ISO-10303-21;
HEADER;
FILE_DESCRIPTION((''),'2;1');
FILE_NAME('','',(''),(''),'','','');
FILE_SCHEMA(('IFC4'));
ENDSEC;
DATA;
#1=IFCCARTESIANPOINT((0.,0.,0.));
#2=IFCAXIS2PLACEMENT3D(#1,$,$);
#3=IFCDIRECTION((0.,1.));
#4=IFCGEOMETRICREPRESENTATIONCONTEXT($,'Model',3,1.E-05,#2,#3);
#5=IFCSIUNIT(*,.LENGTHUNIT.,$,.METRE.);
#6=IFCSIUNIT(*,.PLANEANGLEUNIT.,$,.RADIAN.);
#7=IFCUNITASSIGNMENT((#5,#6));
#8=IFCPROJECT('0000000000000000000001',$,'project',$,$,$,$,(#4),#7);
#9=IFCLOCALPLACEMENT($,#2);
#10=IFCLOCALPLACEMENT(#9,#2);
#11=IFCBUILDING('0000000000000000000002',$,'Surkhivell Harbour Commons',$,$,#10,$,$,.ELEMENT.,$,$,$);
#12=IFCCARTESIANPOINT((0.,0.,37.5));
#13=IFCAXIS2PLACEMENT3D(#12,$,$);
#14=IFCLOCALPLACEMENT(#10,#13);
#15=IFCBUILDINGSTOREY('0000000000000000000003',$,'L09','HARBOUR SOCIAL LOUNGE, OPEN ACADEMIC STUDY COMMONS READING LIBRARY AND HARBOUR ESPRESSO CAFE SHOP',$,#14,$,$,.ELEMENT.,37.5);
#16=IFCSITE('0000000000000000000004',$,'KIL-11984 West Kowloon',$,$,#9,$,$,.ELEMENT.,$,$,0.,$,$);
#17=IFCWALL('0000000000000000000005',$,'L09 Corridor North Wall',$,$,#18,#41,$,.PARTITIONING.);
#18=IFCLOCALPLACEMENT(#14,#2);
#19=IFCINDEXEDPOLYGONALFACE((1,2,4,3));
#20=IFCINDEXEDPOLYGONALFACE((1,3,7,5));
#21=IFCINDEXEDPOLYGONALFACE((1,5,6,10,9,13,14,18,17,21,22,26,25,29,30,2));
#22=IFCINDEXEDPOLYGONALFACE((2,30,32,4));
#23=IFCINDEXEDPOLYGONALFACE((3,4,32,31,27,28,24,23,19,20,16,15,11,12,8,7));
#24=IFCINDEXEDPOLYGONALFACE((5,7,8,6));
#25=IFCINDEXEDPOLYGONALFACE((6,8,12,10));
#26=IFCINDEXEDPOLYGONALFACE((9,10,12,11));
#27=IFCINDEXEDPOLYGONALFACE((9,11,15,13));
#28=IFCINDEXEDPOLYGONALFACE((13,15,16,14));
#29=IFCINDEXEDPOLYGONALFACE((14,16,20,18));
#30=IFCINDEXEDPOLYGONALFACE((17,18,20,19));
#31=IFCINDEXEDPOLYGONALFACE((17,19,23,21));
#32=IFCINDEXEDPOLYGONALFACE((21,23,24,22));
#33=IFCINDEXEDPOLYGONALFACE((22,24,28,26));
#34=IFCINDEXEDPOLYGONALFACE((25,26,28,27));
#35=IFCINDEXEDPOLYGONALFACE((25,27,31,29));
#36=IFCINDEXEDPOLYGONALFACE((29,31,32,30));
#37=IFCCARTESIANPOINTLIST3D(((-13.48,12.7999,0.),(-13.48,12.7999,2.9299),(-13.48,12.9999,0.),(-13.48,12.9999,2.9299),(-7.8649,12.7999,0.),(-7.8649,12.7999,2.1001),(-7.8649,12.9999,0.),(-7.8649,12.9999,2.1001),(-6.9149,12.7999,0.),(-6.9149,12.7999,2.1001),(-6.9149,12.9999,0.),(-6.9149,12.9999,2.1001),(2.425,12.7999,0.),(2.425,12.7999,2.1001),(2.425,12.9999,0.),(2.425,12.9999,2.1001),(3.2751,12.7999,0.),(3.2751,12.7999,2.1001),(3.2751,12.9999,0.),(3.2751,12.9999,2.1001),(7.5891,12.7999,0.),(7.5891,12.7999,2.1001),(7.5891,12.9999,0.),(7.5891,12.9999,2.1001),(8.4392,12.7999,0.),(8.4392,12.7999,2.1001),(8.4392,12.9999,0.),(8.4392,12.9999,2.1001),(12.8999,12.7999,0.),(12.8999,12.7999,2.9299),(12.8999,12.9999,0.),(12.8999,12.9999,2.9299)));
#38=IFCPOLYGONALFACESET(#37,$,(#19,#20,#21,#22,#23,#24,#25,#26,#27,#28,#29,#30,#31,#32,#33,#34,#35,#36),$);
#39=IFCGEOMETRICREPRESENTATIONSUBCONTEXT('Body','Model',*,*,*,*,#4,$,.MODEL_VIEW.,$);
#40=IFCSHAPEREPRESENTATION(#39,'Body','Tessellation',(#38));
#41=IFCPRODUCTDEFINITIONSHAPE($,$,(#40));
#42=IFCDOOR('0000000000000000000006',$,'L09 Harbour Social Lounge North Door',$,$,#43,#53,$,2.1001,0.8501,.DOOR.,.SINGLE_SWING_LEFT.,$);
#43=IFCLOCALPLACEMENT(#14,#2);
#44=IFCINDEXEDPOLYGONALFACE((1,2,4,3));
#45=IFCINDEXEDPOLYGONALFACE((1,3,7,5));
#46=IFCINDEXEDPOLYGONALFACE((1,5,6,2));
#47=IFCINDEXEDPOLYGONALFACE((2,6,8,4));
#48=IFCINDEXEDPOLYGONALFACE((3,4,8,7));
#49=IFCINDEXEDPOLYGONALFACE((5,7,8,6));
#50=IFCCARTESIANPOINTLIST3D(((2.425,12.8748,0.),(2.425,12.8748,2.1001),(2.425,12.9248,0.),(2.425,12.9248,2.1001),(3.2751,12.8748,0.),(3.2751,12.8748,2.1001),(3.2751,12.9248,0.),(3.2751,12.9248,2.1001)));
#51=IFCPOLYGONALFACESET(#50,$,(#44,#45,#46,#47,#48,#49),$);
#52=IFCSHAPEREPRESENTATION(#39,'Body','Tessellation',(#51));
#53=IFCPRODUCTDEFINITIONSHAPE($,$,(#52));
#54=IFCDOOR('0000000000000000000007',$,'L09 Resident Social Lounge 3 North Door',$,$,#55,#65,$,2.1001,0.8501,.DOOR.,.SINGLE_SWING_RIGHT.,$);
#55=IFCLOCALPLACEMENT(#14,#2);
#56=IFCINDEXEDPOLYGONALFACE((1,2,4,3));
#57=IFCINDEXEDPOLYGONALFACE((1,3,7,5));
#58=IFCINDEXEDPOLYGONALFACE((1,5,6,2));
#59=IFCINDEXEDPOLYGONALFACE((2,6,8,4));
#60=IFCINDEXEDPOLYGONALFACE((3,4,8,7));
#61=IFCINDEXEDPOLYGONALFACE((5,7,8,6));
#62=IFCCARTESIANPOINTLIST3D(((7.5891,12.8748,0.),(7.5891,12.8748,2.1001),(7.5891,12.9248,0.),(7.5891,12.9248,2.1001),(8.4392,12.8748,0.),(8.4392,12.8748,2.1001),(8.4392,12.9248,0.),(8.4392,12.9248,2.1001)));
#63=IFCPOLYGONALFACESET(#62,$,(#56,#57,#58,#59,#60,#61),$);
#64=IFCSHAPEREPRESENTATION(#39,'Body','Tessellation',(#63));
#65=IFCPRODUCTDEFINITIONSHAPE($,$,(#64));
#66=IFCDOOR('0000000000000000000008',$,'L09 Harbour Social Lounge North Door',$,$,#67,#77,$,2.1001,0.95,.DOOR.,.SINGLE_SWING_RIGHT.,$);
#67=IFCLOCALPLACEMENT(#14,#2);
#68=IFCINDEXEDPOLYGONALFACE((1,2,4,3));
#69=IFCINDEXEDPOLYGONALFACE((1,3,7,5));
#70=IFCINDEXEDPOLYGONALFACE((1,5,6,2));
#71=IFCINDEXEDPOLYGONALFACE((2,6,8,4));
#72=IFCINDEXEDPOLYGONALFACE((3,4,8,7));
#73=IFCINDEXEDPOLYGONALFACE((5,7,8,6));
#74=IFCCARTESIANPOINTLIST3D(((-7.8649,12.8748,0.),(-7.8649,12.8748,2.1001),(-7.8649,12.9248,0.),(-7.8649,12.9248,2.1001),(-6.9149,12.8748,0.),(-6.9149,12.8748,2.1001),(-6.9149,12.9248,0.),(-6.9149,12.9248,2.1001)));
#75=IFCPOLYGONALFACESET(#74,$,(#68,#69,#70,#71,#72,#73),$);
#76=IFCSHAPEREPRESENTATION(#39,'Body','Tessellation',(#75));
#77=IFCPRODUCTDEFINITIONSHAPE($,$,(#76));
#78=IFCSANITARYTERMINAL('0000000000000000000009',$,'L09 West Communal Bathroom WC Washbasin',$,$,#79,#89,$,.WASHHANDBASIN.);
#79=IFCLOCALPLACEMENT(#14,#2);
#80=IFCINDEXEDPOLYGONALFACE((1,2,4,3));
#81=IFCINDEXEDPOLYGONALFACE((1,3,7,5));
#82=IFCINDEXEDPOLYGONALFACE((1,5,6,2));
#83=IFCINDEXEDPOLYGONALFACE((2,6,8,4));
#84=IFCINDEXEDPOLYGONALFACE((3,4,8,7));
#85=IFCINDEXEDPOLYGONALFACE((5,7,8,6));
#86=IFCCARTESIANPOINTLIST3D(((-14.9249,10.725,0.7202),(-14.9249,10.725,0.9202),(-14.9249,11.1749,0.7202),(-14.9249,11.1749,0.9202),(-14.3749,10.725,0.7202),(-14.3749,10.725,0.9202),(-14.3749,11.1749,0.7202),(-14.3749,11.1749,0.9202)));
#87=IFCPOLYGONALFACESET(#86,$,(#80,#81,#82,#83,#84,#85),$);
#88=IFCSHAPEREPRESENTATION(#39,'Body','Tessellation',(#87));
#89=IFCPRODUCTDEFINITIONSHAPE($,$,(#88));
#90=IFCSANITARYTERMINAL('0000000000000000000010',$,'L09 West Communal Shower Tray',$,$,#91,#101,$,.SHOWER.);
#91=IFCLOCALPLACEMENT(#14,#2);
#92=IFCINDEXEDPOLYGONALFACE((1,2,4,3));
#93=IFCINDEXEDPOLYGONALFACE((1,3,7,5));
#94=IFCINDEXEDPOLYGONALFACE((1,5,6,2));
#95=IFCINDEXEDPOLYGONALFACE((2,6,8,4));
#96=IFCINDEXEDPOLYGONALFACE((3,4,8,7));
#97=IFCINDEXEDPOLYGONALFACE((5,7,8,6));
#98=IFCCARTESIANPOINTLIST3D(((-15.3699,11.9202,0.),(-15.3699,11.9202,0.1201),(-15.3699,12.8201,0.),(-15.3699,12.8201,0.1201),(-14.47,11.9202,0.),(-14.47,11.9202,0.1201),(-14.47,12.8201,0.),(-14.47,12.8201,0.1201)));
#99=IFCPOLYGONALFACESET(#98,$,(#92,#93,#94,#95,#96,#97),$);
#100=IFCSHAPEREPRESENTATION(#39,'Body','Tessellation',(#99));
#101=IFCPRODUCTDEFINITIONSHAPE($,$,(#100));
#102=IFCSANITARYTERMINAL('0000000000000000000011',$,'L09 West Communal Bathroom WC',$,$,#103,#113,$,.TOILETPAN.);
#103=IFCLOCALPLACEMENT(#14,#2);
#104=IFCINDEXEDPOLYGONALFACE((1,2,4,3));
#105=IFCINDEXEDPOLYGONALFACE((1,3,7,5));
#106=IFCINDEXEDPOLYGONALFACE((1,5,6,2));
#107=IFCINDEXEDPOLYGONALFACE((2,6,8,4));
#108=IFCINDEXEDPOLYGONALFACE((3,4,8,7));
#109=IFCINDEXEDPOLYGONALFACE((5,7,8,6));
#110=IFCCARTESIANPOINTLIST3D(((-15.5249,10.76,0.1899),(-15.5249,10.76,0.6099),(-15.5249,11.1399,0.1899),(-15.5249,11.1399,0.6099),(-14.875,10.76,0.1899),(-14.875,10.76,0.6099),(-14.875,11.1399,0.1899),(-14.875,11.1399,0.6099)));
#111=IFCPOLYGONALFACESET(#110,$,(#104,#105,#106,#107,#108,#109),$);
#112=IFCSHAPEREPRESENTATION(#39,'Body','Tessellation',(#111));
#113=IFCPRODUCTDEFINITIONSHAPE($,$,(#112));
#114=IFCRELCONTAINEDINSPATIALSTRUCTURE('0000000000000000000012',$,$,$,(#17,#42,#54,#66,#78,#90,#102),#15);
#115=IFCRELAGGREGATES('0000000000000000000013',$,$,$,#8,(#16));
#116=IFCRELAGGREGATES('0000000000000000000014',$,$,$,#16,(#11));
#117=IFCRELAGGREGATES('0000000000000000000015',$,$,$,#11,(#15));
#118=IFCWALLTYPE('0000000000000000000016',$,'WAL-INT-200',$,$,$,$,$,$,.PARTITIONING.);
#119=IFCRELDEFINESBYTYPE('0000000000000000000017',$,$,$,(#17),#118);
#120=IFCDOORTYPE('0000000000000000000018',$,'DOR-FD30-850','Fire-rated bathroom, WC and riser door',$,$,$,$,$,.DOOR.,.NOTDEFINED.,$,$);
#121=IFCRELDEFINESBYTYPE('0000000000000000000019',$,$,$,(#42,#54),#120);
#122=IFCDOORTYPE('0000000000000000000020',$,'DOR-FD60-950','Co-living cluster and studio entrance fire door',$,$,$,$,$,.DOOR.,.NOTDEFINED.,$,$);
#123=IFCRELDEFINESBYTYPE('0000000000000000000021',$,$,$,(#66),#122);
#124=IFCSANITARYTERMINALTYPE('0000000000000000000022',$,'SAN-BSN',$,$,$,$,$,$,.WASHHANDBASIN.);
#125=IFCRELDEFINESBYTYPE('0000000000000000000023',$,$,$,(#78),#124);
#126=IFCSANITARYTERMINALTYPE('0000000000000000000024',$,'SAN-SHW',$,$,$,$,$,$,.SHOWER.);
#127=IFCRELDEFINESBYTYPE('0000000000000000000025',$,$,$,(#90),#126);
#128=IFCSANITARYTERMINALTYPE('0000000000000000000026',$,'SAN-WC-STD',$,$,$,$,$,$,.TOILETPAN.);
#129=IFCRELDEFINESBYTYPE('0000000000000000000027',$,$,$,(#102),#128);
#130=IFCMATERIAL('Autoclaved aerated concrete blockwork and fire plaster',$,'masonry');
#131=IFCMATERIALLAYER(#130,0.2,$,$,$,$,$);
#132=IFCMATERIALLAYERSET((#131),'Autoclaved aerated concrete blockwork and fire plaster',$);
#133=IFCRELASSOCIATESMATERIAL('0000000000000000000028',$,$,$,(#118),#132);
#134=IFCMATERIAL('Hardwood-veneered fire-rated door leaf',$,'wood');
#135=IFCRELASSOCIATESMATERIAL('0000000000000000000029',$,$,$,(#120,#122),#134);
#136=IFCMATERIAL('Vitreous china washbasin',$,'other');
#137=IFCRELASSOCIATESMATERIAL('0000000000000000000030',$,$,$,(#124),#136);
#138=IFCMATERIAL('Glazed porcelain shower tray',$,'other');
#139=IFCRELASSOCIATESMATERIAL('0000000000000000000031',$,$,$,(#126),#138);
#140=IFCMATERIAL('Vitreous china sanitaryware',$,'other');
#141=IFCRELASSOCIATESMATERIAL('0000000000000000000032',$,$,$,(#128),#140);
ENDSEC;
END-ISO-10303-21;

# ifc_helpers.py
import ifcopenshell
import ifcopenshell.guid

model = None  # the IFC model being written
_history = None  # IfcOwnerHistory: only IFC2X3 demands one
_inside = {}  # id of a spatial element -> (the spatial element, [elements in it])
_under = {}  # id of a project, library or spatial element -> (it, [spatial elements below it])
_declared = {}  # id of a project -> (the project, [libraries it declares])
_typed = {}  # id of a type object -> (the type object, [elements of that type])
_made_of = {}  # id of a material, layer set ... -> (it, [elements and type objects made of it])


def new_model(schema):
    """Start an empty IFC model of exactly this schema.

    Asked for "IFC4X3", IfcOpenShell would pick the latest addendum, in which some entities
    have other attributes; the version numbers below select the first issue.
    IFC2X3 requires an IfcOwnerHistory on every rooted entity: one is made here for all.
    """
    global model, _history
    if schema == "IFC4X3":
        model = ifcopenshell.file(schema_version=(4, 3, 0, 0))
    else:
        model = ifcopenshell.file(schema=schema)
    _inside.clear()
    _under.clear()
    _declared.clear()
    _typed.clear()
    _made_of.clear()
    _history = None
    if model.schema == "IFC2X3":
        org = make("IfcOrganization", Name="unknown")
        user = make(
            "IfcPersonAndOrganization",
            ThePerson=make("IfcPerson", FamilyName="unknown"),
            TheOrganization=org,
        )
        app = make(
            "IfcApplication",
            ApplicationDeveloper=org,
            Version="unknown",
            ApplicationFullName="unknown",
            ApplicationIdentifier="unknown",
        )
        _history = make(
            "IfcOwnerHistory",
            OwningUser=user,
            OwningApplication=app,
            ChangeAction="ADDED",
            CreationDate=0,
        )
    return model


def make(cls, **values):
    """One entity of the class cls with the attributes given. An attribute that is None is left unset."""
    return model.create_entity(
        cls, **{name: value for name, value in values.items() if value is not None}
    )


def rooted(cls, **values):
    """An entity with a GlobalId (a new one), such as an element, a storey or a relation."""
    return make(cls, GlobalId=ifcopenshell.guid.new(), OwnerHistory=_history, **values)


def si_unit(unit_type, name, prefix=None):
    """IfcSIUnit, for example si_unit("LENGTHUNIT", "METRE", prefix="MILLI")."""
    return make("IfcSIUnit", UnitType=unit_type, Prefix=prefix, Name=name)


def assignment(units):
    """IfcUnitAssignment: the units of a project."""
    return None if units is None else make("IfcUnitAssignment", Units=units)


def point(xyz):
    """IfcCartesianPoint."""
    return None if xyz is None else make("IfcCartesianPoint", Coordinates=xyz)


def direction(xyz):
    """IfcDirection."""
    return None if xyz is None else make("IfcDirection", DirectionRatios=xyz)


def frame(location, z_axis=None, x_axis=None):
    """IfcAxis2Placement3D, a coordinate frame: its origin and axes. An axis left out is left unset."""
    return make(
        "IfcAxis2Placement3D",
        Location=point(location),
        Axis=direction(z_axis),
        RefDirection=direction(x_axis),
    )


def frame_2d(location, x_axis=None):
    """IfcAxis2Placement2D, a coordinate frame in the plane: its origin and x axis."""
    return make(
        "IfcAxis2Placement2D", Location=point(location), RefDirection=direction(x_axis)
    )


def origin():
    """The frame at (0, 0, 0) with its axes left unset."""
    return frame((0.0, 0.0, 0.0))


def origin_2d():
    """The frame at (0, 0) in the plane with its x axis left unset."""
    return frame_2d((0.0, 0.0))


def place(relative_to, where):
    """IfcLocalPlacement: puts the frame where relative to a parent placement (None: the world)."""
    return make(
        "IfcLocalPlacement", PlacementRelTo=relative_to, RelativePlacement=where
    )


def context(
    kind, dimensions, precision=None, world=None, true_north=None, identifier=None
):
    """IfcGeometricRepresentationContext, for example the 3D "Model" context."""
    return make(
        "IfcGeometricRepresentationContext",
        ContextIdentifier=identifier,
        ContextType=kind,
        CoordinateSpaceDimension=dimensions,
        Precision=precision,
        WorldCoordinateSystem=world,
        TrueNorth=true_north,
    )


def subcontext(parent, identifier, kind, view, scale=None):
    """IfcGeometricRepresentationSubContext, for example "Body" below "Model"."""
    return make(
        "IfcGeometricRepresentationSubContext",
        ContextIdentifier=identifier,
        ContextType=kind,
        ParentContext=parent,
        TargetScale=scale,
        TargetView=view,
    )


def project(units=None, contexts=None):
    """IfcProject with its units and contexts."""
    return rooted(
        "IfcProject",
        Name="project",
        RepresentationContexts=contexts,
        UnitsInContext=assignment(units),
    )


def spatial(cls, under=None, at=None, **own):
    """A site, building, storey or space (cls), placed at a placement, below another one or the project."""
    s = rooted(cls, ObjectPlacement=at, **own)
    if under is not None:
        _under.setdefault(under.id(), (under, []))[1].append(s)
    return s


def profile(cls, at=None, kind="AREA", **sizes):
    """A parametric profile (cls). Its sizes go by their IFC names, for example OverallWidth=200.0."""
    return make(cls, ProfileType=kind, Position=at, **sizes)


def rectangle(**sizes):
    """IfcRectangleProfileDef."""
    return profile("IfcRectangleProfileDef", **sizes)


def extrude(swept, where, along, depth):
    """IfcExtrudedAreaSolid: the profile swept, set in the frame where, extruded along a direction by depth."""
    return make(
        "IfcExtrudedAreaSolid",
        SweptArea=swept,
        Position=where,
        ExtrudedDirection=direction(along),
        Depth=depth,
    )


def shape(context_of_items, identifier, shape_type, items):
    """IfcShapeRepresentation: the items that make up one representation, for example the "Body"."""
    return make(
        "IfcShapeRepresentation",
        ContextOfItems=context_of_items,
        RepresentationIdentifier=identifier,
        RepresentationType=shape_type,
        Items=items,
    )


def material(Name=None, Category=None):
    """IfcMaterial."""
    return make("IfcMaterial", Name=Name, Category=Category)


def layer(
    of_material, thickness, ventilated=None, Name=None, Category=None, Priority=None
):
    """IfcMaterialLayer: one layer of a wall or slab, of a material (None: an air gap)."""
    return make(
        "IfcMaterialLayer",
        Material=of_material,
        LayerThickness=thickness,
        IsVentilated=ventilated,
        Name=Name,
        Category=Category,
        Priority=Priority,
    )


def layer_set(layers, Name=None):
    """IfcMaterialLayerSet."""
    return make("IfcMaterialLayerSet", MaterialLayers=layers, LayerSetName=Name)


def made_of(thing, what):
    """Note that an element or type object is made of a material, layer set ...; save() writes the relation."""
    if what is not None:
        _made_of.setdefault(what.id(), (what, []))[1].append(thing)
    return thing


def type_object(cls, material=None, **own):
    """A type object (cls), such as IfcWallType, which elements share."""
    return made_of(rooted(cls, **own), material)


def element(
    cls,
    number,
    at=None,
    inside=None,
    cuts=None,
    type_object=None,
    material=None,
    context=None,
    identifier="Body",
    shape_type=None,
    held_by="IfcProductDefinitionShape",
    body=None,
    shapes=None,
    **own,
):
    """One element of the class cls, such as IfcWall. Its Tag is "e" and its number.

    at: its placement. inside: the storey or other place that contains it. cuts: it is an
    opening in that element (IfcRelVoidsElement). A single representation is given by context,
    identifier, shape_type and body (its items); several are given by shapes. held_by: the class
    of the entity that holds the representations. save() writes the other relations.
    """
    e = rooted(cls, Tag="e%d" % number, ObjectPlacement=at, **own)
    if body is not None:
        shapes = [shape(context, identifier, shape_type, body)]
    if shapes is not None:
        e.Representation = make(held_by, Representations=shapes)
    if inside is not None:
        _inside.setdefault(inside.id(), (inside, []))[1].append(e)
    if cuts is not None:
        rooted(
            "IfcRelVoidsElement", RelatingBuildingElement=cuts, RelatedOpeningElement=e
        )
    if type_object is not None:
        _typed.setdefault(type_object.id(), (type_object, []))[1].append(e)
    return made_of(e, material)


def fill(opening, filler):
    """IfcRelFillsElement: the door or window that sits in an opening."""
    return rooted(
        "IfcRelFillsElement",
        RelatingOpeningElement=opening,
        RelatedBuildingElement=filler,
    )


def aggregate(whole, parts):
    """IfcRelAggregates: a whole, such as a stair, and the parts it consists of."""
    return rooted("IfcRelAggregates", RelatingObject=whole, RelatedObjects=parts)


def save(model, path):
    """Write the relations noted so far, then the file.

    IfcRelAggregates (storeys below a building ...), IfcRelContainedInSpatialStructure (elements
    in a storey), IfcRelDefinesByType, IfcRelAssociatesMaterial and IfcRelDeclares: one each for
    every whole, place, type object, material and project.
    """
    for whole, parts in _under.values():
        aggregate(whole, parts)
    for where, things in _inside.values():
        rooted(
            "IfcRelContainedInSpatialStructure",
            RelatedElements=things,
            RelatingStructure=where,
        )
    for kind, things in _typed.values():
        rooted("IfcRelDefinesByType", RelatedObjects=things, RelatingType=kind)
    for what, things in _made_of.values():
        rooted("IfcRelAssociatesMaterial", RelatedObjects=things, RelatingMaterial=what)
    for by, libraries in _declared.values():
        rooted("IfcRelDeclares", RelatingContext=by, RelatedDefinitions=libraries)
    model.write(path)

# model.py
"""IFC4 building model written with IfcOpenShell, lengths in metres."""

from ifc_helpers import new_model, si_unit, direction, frame, frame_2d, origin, origin_2d, place, context, subcontext, project, spatial, rectangle, extrude, material, layer, layer_set, type_object, element, fill, save


model = new_model("IFC4")

# Units and contexts
model_context = context("Model", 3, precision=1e-05, world=origin(), true_north=direction((0.0, 1.0)))
body_context = subcontext(model_context, "Body", "Model", "MODEL_VIEW")
ifc_project = project(units=[si_unit("LENGTHUNIT", "METRE"), si_unit("PLANEANGLEUNIT", "RADIAN")], contexts=[model_context])

# Site, building, storey
site_placement = place(None, origin())
site = spatial("IfcSite", under=ifc_project, at=site_placement, Name="KIL-11984 West Kowloon", CompositionType="ELEMENT", RefElevation=0.0)
building_placement = place(site_placement, origin())
building = spatial("IfcBuilding", under=site, at=building_placement, Name="Surkhivell Harbour Commons", CompositionType="ELEMENT")
storey_placement = place(building_placement, frame((0.0, 0.0, 37.5)))
storey = spatial("IfcBuildingStorey", under=building, at=storey_placement, Name="L09", Description="HARBOUR SOCIAL LOUNGE, OPEN ACADEMIC STUDY COMMONS READING LIBRARY AND HARBOUR ESPRESSO CAFE SHOP", CompositionType="ELEMENT", Elevation=37.5)

# Shared definitions
ifc_material_1 = material(Name="Hardwood-veneered fire-rated door leaf", Category="wood")

# Shared definitions
ifc_material_2 = material(Name="Autoclaved aerated concrete blockwork and fire plaster", Category="masonry")
ifc_layer_1 = layer(ifc_material_2, 0.2)
ifc_layer_set_1 = layer_set([ifc_layer_1], Name="Autoclaved aerated concrete blockwork and fire plaster")
wall_type_1 = type_object("IfcWallType", Name="WAL-INT-200", PredefinedType="PARTITIONING", material=ifc_layer_set_1)

# Wall, openings, doors
wall_1_placement = place(storey_placement, frame((-13.48, 12.8999, 0.0), z_axis=(0.0, 0.0, 1.0), x_axis=(1.0, 0.0, 0.0)))
wall_1 = element("IfcWall", 1, at=wall_1_placement, inside=storey, type_object=wall_type_1, Name="L09 Corridor North Wall", PredefinedType="PARTITIONING", context=body_context, shape_type="SweptSolid", body=[
    extrude(rectangle(XDim=26.3799, YDim=0.2, at=frame_2d((13.1899, 0.0))), origin(), (0.0, 0.0, 1.0), 2.9299),
])
opening_1_placement = place(wall_1_placement, frame((5.615, 0.0, 0.0)))
opening_1 = element("IfcOpeningElement", 2, at=opening_1_placement, cuts=wall_1, PredefinedType="OPENING", context=body_context, shape_type="SweptSolid", body=[
    extrude(rectangle(XDim=0.95, YDim=2.1001, at=frame_2d((0.4751, 1.05))), frame((0.0, 0.1099, 0.0), z_axis=(0.0, -1.0, 0.0), x_axis=(1.0, 0.0, 0.0)), (0.0, 0.0, 1.0), 0.22),
])
opening_2_placement = place(wall_1_placement, frame((15.905, 0.0, 0.0)))
opening_2 = element("IfcOpeningElement", 3, at=opening_2_placement, cuts=wall_1, PredefinedType="OPENING", context=body_context, shape_type="SweptSolid", body=[
    extrude(rectangle(XDim=0.8501, YDim=2.1001, at=frame_2d((0.425, 1.05))), frame((0.0, 0.1099, 0.0), z_axis=(0.0, -1.0, 0.0), x_axis=(1.0, 0.0, 0.0)), (0.0, 0.0, 1.0), 0.22),
])
opening_3_placement = place(wall_1_placement, frame((21.0691, 0.0, 0.0)))
opening_3 = element("IfcOpeningElement", 4, at=opening_3_placement, cuts=wall_1, PredefinedType="OPENING", context=body_context, shape_type="SweptSolid", body=[
    extrude(rectangle(XDim=0.8501, YDim=2.1001, at=frame_2d((0.425, 1.05))), frame((0.0, 0.1099, 0.0), z_axis=(0.0, -1.0, 0.0), x_axis=(1.0, 0.0, 0.0)), (0.0, 0.0, 1.0), 0.22),
])
door_type_1 = type_object("IfcDoorType", Name="DOR-FD30-850", Description="Fire-rated bathroom, WC and riser door", OperationType="NOTDEFINED", PredefinedType="DOOR", material=ifc_material_1)
door_1_placement = place(opening_2_placement, origin())
door_1 = element("IfcDoor", 5, at=door_1_placement, inside=storey, type_object=door_type_1, Name="L09 Harbour Social Lounge North Door", OperationType="SINGLE_SWING_LEFT", OverallHeight=2.1001, OverallWidth=0.8501, PredefinedType="DOOR", context=body_context, shape_type="SweptSolid", body=[
    extrude(rectangle(XDim=0.8501, YDim=2.1001, at=frame_2d((0.425, 1.05))), frame((0.0, 0.0249, 0.0), z_axis=(0.0, -1.0, 0.0), x_axis=(1.0, 0.0, 0.0)), (0.0, 0.0, 1.0), 0.05),
])
fill(opening_2, door_1)
door_2_placement = place(opening_3_placement, origin())
door_2 = element("IfcDoor", 6, at=door_2_placement, inside=storey, type_object=door_type_1, Name="L09 Resident Social Lounge 3 North Door", OperationType="SINGLE_SWING_RIGHT", OverallHeight=2.1001, OverallWidth=0.8501, PredefinedType="DOOR", context=body_context, shape_type="SweptSolid", body=[
    extrude(rectangle(XDim=0.8501, YDim=2.1001, at=frame_2d((0.425, 1.05))), frame((0.0, 0.0249, 0.0), z_axis=(0.0, -1.0, 0.0), x_axis=(1.0, 0.0, 0.0)), (0.0, 0.0, 1.0), 0.05),
])
fill(opening_3, door_2)
door_type_2 = type_object("IfcDoorType", Name="DOR-FD60-950", Description="Co-living cluster and studio entrance fire door", OperationType="NOTDEFINED", PredefinedType="DOOR", material=ifc_material_1)
door_3_placement = place(opening_1_placement, origin())
door_3 = element("IfcDoor", 7, at=door_3_placement, inside=storey, type_object=door_type_2, Name="L09 Harbour Social Lounge North Door", OperationType="SINGLE_SWING_RIGHT", OverallHeight=2.1001, OverallWidth=0.95, PredefinedType="DOOR", context=body_context, shape_type="SweptSolid", body=[
    extrude(rectangle(XDim=0.95, YDim=2.1001, at=frame_2d((0.4751, 1.05))), frame((0.0, 0.0249, 0.0), z_axis=(0.0, -1.0, 0.0), x_axis=(1.0, 0.0, 0.0)), (0.0, 0.0, 1.0), 0.05),
])
fill(opening_1, door_3)

# Sanitary terminals
ifc_material_3 = material(Name="Vitreous china washbasin", Category="other")
sanitary_terminal_type_1 = type_object("IfcSanitaryTerminalType", Name="SAN-BSN", PredefinedType="WASHHANDBASIN", material=ifc_material_3)
sanitary_terminal_1_placement = place(storey_placement, frame((-14.6499, 10.95, 0.7202), z_axis=(0.0, 0.0, 1.0), x_axis=(1.0, 0.0, 0.0)))
element("IfcSanitaryTerminal", 8, at=sanitary_terminal_1_placement, inside=storey, type_object=sanitary_terminal_type_1, Name="L09 West Communal Bathroom WC Washbasin", PredefinedType="WASHHANDBASIN", context=body_context, shape_type="SweptSolid", body=[
    extrude(rectangle(XDim=0.55, YDim=0.45, at=origin_2d()), origin(), (0.0, 0.0, 1.0), 0.2),
])
ifc_material_4 = material(Name="Glazed porcelain shower tray", Category="other")
sanitary_terminal_type_2 = type_object("IfcSanitaryTerminalType", Name="SAN-SHW", PredefinedType="SHOWER", material=ifc_material_4)
sanitary_terminal_2_placement = place(storey_placement, frame((-14.9199, 12.3701, 0.0), z_axis=(0.0, 0.0, 1.0), x_axis=(1.0, 0.0, 0.0)))
element("IfcSanitaryTerminal", 9, at=sanitary_terminal_2_placement, inside=storey, type_object=sanitary_terminal_type_2, Name="L09 West Communal Shower Tray", PredefinedType="SHOWER", context=body_context, shape_type="SweptSolid", body=[
    extrude(rectangle(XDim=0.8999, YDim=0.8999, at=origin_2d()), origin(), (0.0, 0.0, 1.0), 0.1201),
])
ifc_material_5 = material(Name="Vitreous china sanitaryware", Category="other")
sanitary_terminal_type_3 = type_object("IfcSanitaryTerminalType", Name="SAN-WC-STD", PredefinedType="TOILETPAN", material=ifc_material_5)
sanitary_terminal_3_placement = place(storey_placement, frame((-15.2, 10.95, 0.1899), z_axis=(0.0, 0.0, 1.0), x_axis=(1.0, 0.0, 0.0)))
element("IfcSanitaryTerminal", 10, at=sanitary_terminal_3_placement, inside=storey, type_object=sanitary_terminal_type_3, Name="L09 West Communal Bathroom WC", PredefinedType="TOILETPAN", context=body_context, shape_type="SweptSolid", body=[
    extrude(rectangle(XDim=0.6499, YDim=0.3799, at=origin_2d()), origin(), (0.0, 0.0, 1.0), 0.4199),
])

save(model, "model.ifc")
